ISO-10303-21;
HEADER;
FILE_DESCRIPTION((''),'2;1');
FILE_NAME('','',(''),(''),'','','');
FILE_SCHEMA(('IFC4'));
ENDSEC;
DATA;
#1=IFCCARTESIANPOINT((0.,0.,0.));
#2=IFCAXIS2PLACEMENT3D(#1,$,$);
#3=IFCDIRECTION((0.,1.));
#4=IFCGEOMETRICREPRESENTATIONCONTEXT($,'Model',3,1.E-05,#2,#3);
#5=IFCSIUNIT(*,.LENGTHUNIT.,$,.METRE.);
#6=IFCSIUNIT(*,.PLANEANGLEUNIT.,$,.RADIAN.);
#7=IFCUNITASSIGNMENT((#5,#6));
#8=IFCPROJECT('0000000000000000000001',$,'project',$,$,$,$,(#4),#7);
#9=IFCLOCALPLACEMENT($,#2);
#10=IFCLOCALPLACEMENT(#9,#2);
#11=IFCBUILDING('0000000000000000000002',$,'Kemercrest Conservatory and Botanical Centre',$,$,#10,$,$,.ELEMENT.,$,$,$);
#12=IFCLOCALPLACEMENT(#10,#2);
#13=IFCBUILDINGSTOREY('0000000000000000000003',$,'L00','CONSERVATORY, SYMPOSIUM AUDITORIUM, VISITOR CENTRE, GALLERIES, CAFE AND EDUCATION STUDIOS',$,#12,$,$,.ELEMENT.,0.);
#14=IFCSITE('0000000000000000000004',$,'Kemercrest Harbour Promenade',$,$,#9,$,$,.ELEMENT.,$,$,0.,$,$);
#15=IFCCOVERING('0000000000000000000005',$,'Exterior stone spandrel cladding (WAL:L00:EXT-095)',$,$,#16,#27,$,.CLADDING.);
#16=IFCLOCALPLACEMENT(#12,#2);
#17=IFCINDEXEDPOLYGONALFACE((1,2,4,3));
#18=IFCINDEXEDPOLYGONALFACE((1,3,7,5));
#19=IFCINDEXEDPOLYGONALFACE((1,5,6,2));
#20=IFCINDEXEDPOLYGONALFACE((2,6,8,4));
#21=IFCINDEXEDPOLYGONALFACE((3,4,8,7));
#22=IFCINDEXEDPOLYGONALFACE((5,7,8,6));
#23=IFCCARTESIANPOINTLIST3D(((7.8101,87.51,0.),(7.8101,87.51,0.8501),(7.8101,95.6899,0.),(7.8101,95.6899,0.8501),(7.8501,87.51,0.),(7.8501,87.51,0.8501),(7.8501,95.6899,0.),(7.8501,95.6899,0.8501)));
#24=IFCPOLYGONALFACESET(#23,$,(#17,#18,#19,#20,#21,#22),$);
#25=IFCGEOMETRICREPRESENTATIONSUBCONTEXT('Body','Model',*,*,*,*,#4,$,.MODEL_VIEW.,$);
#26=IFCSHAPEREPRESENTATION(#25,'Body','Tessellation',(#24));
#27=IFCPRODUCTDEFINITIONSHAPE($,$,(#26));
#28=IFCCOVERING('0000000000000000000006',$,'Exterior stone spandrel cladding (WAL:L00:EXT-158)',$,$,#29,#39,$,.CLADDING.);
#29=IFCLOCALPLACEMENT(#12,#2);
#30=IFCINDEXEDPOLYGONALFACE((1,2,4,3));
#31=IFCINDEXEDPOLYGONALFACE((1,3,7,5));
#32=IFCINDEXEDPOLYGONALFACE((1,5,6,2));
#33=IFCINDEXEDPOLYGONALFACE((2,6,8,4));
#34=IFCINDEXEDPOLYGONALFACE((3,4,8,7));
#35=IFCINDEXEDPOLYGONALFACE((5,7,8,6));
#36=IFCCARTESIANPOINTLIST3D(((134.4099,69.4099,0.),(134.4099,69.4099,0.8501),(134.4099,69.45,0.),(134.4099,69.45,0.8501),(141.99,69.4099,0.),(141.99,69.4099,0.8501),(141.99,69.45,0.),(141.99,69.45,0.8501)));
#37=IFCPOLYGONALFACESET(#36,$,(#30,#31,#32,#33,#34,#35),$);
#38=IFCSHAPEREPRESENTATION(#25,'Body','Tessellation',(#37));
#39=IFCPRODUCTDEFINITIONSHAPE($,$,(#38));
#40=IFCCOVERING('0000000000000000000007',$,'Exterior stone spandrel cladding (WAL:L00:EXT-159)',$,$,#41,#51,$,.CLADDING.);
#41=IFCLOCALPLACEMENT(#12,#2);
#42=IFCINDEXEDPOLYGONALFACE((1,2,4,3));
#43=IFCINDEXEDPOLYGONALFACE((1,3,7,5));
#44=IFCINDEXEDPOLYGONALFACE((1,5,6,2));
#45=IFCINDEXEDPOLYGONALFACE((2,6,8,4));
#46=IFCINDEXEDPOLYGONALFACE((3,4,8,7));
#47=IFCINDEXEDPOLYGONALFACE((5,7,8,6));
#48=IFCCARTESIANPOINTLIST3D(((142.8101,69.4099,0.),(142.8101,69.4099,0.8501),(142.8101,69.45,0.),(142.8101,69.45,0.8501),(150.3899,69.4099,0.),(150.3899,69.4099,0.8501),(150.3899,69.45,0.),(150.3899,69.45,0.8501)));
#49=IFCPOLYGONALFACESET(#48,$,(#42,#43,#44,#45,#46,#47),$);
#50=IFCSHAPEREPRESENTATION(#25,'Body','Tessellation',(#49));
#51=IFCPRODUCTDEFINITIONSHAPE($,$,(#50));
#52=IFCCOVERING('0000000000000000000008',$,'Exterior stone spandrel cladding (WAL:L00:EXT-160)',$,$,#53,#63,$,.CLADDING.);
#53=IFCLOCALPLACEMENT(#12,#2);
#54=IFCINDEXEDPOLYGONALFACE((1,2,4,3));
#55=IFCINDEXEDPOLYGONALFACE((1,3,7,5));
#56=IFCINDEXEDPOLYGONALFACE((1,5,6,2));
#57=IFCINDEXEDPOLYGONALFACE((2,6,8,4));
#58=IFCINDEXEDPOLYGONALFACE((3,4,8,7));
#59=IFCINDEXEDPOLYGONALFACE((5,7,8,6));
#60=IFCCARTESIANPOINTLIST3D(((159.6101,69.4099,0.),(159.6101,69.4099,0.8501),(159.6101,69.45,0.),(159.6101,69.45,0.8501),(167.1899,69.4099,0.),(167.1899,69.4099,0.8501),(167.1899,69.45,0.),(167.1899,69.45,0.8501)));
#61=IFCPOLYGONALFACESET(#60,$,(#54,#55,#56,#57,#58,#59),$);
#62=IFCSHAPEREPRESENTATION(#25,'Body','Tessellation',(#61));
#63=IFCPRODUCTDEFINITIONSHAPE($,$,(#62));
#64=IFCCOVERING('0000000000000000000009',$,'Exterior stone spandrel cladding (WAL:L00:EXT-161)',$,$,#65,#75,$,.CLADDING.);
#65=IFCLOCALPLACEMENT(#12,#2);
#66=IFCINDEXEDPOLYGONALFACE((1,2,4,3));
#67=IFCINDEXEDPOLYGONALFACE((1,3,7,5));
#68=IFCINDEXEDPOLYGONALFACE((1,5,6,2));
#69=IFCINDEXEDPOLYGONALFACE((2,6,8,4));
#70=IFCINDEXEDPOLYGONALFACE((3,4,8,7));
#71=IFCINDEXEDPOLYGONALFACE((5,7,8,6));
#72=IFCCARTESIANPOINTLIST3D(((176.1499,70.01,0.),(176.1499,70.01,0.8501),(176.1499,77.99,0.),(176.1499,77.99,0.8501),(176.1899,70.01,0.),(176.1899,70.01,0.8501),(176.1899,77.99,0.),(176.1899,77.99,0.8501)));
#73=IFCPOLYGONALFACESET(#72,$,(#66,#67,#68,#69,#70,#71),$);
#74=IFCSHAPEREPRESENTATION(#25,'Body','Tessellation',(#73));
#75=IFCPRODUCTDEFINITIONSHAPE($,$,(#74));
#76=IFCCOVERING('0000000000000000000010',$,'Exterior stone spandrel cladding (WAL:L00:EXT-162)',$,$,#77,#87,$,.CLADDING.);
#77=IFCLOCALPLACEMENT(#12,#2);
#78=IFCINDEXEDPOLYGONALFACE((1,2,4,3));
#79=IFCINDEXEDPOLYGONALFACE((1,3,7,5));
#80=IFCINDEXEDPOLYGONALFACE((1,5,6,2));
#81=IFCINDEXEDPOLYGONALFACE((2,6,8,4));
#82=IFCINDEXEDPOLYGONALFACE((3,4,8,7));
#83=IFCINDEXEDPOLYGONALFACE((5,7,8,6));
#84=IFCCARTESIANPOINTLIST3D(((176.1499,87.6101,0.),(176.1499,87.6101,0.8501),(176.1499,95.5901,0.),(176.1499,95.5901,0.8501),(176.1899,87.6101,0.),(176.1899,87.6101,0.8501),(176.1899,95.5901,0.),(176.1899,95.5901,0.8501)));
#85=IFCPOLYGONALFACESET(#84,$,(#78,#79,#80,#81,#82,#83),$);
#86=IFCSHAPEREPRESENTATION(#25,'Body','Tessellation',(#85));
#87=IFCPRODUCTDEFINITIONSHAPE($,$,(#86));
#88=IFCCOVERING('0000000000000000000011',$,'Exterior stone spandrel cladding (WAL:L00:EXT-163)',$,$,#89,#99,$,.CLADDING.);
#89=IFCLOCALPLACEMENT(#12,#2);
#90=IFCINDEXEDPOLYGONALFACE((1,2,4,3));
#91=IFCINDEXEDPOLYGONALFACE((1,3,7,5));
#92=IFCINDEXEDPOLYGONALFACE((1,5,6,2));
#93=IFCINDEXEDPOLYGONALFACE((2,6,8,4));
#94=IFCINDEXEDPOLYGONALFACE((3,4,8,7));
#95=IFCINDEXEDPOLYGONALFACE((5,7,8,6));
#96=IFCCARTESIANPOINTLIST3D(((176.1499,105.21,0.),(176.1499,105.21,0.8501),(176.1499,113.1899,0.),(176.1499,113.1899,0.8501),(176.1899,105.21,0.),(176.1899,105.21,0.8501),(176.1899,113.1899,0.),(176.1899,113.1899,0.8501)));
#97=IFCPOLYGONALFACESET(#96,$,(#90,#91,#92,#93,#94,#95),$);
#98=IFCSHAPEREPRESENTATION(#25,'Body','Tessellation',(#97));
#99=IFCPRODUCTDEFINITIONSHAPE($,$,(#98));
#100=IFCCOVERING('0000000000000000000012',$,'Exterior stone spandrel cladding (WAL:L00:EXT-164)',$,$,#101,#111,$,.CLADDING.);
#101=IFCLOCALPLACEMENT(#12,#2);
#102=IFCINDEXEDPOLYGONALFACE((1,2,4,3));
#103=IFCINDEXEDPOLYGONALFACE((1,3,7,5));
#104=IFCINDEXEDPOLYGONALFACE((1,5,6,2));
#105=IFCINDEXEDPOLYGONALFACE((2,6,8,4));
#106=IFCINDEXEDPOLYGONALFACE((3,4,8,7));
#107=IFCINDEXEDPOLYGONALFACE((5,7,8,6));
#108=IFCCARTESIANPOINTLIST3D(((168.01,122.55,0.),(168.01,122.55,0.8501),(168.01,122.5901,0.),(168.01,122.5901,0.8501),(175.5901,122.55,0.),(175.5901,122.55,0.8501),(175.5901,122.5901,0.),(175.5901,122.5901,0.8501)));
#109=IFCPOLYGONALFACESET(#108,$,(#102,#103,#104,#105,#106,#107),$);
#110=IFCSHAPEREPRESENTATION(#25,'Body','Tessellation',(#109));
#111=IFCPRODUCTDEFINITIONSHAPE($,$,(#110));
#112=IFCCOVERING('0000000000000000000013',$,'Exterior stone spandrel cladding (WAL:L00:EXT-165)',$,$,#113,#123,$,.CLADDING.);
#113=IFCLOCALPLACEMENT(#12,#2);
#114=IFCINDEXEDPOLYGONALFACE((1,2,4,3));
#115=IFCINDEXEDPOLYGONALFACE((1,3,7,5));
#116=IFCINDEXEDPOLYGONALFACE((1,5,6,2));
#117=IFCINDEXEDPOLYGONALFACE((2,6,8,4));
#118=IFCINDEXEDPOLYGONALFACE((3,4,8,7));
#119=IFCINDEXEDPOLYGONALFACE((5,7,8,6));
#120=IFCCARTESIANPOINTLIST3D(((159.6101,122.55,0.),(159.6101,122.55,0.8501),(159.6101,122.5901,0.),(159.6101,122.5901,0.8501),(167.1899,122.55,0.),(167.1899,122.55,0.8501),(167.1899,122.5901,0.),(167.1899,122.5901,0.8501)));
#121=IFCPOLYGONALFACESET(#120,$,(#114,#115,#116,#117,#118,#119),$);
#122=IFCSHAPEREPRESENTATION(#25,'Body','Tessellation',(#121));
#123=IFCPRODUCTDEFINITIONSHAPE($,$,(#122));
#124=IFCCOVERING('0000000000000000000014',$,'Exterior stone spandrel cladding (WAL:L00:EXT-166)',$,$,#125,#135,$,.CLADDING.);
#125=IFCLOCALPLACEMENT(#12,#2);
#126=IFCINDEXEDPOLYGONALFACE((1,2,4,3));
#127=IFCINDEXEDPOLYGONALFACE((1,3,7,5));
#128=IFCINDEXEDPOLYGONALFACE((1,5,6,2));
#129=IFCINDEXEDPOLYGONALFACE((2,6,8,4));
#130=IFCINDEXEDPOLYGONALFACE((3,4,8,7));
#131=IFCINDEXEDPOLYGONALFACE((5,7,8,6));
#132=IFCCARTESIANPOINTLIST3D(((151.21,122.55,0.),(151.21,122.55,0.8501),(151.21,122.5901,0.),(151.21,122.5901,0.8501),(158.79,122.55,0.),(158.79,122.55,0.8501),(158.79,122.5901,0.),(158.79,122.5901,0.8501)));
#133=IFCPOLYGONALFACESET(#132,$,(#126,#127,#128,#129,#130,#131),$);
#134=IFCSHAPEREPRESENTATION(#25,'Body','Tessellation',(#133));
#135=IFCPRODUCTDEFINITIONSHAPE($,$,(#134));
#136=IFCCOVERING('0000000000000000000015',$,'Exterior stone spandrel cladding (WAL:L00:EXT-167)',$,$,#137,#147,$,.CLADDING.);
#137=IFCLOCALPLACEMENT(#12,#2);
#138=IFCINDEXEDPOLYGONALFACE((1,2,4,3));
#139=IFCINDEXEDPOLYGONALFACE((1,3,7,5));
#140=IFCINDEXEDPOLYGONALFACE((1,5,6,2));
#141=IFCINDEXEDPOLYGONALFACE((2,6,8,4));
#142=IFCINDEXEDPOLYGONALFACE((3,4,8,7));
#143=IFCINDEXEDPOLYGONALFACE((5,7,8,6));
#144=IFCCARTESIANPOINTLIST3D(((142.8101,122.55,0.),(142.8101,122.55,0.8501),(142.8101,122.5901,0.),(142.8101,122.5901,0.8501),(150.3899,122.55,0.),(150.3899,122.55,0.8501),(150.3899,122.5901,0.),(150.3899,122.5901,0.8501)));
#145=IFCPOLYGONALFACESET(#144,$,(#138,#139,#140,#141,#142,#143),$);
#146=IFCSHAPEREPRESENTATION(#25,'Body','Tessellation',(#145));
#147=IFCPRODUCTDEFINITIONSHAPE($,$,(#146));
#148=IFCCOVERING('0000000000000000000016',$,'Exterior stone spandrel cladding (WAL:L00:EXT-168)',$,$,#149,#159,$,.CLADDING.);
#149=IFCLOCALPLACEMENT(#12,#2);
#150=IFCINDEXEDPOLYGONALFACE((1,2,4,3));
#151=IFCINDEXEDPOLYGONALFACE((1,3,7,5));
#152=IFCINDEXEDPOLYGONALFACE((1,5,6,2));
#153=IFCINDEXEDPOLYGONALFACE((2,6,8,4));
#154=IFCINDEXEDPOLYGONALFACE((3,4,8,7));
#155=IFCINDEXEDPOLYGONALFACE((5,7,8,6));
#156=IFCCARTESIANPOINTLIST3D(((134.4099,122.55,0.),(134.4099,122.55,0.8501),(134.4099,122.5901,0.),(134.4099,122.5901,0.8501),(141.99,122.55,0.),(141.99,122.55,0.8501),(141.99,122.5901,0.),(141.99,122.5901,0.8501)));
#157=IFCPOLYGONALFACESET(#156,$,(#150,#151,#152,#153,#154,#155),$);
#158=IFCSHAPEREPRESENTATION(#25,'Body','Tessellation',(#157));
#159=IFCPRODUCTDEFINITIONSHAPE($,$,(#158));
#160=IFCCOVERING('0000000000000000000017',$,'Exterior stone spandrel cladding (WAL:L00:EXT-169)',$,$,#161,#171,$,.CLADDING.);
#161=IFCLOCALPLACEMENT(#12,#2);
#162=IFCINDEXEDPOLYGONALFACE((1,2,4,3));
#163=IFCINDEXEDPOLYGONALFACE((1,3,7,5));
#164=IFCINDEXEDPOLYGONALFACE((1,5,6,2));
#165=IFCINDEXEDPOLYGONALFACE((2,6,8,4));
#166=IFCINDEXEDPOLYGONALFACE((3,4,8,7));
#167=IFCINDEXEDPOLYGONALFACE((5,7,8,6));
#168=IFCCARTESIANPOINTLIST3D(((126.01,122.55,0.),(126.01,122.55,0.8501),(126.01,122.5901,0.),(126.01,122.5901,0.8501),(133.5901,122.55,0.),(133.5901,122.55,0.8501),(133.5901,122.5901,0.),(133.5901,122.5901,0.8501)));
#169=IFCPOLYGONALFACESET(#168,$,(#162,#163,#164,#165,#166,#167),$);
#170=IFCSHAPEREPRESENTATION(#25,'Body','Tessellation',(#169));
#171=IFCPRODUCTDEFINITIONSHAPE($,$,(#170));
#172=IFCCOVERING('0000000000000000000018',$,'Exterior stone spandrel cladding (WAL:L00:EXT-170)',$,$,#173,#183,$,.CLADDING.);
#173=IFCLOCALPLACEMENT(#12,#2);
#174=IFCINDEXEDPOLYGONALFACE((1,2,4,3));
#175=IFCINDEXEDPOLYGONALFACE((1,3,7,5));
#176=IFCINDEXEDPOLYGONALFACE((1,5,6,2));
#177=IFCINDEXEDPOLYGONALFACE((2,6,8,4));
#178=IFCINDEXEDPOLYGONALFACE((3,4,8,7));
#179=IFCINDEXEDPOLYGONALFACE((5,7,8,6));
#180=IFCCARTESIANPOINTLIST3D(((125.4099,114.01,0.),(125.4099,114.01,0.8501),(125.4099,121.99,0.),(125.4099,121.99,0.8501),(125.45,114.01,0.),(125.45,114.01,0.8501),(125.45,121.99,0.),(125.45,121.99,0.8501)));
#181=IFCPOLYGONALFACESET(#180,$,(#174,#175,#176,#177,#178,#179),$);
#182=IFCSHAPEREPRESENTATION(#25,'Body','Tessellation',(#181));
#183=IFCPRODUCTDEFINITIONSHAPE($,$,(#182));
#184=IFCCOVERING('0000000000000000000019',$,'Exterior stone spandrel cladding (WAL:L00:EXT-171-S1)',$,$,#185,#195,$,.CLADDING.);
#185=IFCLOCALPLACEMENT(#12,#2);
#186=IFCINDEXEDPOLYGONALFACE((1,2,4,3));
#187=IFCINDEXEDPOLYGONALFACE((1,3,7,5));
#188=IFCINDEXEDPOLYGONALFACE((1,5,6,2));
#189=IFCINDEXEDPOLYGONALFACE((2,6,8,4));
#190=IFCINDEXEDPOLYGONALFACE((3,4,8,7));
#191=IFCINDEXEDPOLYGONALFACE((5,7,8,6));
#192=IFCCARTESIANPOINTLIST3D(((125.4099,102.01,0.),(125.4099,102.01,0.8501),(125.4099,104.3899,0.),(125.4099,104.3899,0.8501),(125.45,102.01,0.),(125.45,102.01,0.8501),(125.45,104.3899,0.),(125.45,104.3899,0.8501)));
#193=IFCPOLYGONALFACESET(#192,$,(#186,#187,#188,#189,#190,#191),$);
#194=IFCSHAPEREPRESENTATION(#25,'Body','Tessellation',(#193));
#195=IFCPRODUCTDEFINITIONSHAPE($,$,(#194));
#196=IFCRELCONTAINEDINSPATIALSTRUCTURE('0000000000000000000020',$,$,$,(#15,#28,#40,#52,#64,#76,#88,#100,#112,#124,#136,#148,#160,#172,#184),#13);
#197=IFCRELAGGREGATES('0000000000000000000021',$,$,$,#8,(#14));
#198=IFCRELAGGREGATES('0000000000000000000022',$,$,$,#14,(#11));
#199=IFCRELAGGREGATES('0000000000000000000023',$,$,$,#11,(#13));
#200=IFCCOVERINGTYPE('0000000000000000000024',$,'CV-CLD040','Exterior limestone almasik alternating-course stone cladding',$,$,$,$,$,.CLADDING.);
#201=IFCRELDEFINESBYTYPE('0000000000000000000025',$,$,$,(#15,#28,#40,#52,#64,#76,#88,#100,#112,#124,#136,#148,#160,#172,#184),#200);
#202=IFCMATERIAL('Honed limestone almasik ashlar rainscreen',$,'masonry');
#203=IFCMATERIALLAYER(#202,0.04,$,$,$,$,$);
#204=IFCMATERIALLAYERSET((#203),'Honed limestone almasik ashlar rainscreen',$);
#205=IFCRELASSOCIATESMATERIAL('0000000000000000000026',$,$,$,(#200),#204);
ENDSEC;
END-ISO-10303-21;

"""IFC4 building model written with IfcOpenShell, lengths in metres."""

from ifc_helpers import new_model, si_unit, direction, origin, place, context, subcontext, project, spatial, polyline, outline, extrude, material, layer, layer_set, type_object, element, save


model = new_model("IFC4")

# Units and contexts
model_context = context("Model", 3, precision=1e-05, world=origin(), true_north=direction((0.0, 1.0)))
body_context = subcontext(model_context, "Body", "Model", "MODEL_VIEW")
ifc_project = project(units=[si_unit("LENGTHUNIT", "METRE"), si_unit("PLANEANGLEUNIT", "RADIAN")], contexts=[model_context])

# Site, building, storey
site_placement = place(None, origin())
site = spatial("IfcSite", under=ifc_project, at=site_placement, Name="Kemercrest Harbour Promenade", CompositionType="ELEMENT", RefElevation=0.0)
building_placement = place(site_placement, origin())
building = spatial("IfcBuilding", under=site, at=building_placement, Name="Kemercrest Conservatory and Botanical Centre", CompositionType="ELEMENT")
storey_placement = place(building_placement, origin())
storey = spatial("IfcBuildingStorey", under=building, at=storey_placement, Name="L00", Description="CONSERVATORY, SYMPOSIUM AUDITORIUM, VISITOR CENTRE, GALLERIES, CAFE AND EDUCATION STUDIOS", CompositionType="ELEMENT", Elevation=0.0)

# Coverings
ifc_material_1 = material(Name="Honed limestone almasik ashlar rainscreen", Category="masonry")
ifc_layer_1 = layer(ifc_material_1, 0.04)
ifc_layer_set_1 = layer_set([ifc_layer_1], Name="Honed limestone almasik ashlar rainscreen")
covering_type_1 = type_object("IfcCoveringType", Name="CV-CLD040", Description="Exterior limestone almasik alternating-course stone cladding", PredefinedType="CLADDING", material=ifc_layer_set_1)
covering_1_placement = place(storey_placement, origin())
element("IfcCovering", 1, at=covering_1_placement, inside=storey, type_object=covering_type_1, Name="Exterior stone spandrel cladding (WAL:L00:EXT-095)", PredefinedType="CLADDING", context=body_context, shape_type="SweptSolid", body=[
    extrude(outline(polyline([(7.8501, 95.6899), (7.8101, 95.6899), (7.8101, 87.51), (7.8501, 87.51), (7.8501, 95.6899)])), origin(), (0.0, 0.0, 1.0), 0.8501),
])
covering_2_placement = place(storey_placement, origin())
element("IfcCovering", 2, at=covering_2_placement, inside=storey, type_object=covering_type_1, Name="Exterior stone spandrel cladding (WAL:L00:EXT-158)", PredefinedType="CLADDING", context=body_context, shape_type="SweptSolid", body=[
    extrude(outline(polyline([(134.4099, 69.45), (134.4099, 69.4099), (141.99, 69.4099), (141.99, 69.45), (134.4099, 69.45)])), origin(), (0.0, 0.0, 1.0), 0.8501),
])
covering_3_placement = place(storey_placement, origin())
element("IfcCovering", 3, at=covering_3_placement, inside=storey, type_object=covering_type_1, Name="Exterior stone spandrel cladding (WAL:L00:EXT-159)", PredefinedType="CLADDING", context=body_context, shape_type="SweptSolid", body=[
    extrude(outline(polyline([(142.8101, 69.45), (142.8101, 69.4099), (150.3899, 69.4099), (150.3899, 69.45), (142.8101, 69.45)])), origin(), (0.0, 0.0, 1.0), 0.8501),
])
covering_4_placement = place(storey_placement, origin())
element("IfcCovering", 4, at=covering_4_placement, inside=storey, type_object=covering_type_1, Name="Exterior stone spandrel cladding (WAL:L00:EXT-160)", PredefinedType="CLADDING", context=body_context, shape_type="SweptSolid", body=[
    extrude(outline(polyline([(159.6101, 69.45), (159.6101, 69.4099), (167.1899, 69.4099), (167.1899, 69.45), (159.6101, 69.45)])), origin(), (0.0, 0.0, 1.0), 0.8501),
])
covering_5_placement = place(storey_placement, origin())
element("IfcCovering", 5, at=covering_5_placement, inside=storey, type_object=covering_type_1, Name="Exterior stone spandrel cladding (WAL:L00:EXT-161)", PredefinedType="CLADDING", context=body_context, shape_type="SweptSolid", body=[
    extrude(outline(polyline([(176.1499, 70.01), (176.1899, 70.01), (176.1899, 77.99), (176.1499, 77.99), (176.1499, 70.01)])), origin(), (0.0, 0.0, 1.0), 0.8501),
])
covering_6_placement = place(storey_placement, origin())
element("IfcCovering", 6, at=covering_6_placement, inside=storey, type_object=covering_type_1, Name="Exterior stone spandrel cladding (WAL:L00:EXT-162)", PredefinedType="CLADDING", context=body_context, shape_type="SweptSolid", body=[
    extrude(outline(polyline([(176.1499, 87.6101), (176.1899, 87.6101), (176.1899, 95.5901), (176.1499, 95.5901), (176.1499, 87.6101)])), origin(), (0.0, 0.0, 1.0), 0.8501),
])
covering_7_placement = place(storey_placement, origin())
element("IfcCovering", 7, at=covering_7_placement, inside=storey, type_object=covering_type_1, Name="Exterior stone spandrel cladding (WAL:L00:EXT-163)", PredefinedType="CLADDING", context=body_context, shape_type="SweptSolid", body=[
    extrude(outline(polyline([(176.1499, 105.21), (176.1899, 105.21), (176.1899, 113.1899), (176.1499, 113.1899), (176.1499, 105.21)])), origin(), (0.0, 0.0, 1.0), 0.8501),
])
covering_8_placement = place(storey_placement, origin())
element("IfcCovering", 8, at=covering_8_placement, inside=storey, type_object=covering_type_1, Name="Exterior stone spandrel cladding (WAL:L00:EXT-164)", PredefinedType="CLADDING", context=body_context, shape_type="SweptSolid", body=[
    extrude(outline(polyline([(175.5901, 122.55), (175.5901, 122.5901), (168.01, 122.5901), (168.01, 122.55), (175.5901, 122.55)])), origin(), (0.0, 0.0, 1.0), 0.8501),
])
covering_9_placement = place(storey_placement, origin())
element("IfcCovering", 9, at=covering_9_placement, inside=storey, type_object=covering_type_1, Name="Exterior stone spandrel cladding (WAL:L00:EXT-165)", PredefinedType="CLADDING", context=body_context, shape_type="SweptSolid", body=[
    extrude(outline(polyline([(167.1899, 122.55), (167.1899, 122.5901), (159.6101, 122.5901), (159.6101, 122.55), (167.1899, 122.55)])), origin(), (0.0, 0.0, 1.0), 0.8501),
])
covering_10_placement = place(storey_placement, origin())
element("IfcCovering", 10, at=covering_10_placement, inside=storey, type_object=covering_type_1, Name="Exterior stone spandrel cladding (WAL:L00:EXT-166)", PredefinedType="CLADDING", context=body_context, shape_type="SweptSolid", body=[
    extrude(outline(polyline([(158.79, 122.55), (158.79, 122.5901), (151.21, 122.5901), (151.21, 122.55), (158.79, 122.55)])), origin(), (0.0, 0.0, 1.0), 0.8501),
])
covering_11_placement = place(storey_placement, origin())
element("IfcCovering", 11, at=covering_11_placement, inside=storey, type_object=covering_type_1, Name="Exterior stone spandrel cladding (WAL:L00:EXT-167)", PredefinedType="CLADDING", context=body_context, shape_type="SweptSolid", body=[
    extrude(outline(polyline([(150.3899, 122.55), (150.3899, 122.5901), (142.8101, 122.5901), (142.8101, 122.55), (150.3899, 122.55)])), origin(), (0.0, 0.0, 1.0), 0.8501),
])
covering_12_placement = place(storey_placement, origin())
element("IfcCovering", 12, at=covering_12_placement, inside=storey, type_object=covering_type_1, Name="Exterior stone spandrel cladding (WAL:L00:EXT-168)", PredefinedType="CLADDING", context=body_context, shape_type="SweptSolid", body=[
    extrude(outline(polyline([(141.99, 122.55), (141.99, 122.5901), (134.4099, 122.5901), (134.4099, 122.55), (141.99, 122.55)])), origin(), (0.0, 0.0, 1.0), 0.8501),
])
covering_13_placement = place(storey_placement, origin())
element("IfcCovering", 13, at=covering_13_placement, inside=storey, type_object=covering_type_1, Name="Exterior stone spandrel cladding (WAL:L00:EXT-169)", PredefinedType="CLADDING", context=body_context, shape_type="SweptSolid", body=[
    extrude(outline(polyline([(133.5901, 122.55), (133.5901, 122.5901), (126.01, 122.5901), (126.01, 122.55), (133.5901, 122.55)])), origin(), (0.0, 0.0, 1.0), 0.8501),
])
covering_14_placement = place(storey_placement, origin())
element("IfcCovering", 14, at=covering_14_placement, inside=storey, type_object=covering_type_1, Name="Exterior stone spandrel cladding (WAL:L00:EXT-170)", PredefinedType="CLADDING", context=body_context, shape_type="SweptSolid", body=[
    extrude(outline(polyline([(125.45, 121.99), (125.4099, 121.99), (125.4099, 114.01), (125.45, 114.01), (125.45, 121.99)])), origin(), (0.0, 0.0, 1.0), 0.8501),
])
covering_15_placement = place(storey_placement, origin())
element("IfcCovering", 15, at=covering_15_placement, inside=storey, type_object=covering_type_1, Name="Exterior stone spandrel cladding (WAL:L00:EXT-171-S1)", PredefinedType="CLADDING", context=body_context, shape_type="SweptSolid", body=[
    extrude(outline(polyline([(125.45, 104.3899), (125.4099, 104.3899), (125.4099, 102.01), (125.45, 102.01), (125.45, 104.3899)])), origin(), (0.0, 0.0, 1.0), 0.8501),
])

save(model, "model.ifc")
